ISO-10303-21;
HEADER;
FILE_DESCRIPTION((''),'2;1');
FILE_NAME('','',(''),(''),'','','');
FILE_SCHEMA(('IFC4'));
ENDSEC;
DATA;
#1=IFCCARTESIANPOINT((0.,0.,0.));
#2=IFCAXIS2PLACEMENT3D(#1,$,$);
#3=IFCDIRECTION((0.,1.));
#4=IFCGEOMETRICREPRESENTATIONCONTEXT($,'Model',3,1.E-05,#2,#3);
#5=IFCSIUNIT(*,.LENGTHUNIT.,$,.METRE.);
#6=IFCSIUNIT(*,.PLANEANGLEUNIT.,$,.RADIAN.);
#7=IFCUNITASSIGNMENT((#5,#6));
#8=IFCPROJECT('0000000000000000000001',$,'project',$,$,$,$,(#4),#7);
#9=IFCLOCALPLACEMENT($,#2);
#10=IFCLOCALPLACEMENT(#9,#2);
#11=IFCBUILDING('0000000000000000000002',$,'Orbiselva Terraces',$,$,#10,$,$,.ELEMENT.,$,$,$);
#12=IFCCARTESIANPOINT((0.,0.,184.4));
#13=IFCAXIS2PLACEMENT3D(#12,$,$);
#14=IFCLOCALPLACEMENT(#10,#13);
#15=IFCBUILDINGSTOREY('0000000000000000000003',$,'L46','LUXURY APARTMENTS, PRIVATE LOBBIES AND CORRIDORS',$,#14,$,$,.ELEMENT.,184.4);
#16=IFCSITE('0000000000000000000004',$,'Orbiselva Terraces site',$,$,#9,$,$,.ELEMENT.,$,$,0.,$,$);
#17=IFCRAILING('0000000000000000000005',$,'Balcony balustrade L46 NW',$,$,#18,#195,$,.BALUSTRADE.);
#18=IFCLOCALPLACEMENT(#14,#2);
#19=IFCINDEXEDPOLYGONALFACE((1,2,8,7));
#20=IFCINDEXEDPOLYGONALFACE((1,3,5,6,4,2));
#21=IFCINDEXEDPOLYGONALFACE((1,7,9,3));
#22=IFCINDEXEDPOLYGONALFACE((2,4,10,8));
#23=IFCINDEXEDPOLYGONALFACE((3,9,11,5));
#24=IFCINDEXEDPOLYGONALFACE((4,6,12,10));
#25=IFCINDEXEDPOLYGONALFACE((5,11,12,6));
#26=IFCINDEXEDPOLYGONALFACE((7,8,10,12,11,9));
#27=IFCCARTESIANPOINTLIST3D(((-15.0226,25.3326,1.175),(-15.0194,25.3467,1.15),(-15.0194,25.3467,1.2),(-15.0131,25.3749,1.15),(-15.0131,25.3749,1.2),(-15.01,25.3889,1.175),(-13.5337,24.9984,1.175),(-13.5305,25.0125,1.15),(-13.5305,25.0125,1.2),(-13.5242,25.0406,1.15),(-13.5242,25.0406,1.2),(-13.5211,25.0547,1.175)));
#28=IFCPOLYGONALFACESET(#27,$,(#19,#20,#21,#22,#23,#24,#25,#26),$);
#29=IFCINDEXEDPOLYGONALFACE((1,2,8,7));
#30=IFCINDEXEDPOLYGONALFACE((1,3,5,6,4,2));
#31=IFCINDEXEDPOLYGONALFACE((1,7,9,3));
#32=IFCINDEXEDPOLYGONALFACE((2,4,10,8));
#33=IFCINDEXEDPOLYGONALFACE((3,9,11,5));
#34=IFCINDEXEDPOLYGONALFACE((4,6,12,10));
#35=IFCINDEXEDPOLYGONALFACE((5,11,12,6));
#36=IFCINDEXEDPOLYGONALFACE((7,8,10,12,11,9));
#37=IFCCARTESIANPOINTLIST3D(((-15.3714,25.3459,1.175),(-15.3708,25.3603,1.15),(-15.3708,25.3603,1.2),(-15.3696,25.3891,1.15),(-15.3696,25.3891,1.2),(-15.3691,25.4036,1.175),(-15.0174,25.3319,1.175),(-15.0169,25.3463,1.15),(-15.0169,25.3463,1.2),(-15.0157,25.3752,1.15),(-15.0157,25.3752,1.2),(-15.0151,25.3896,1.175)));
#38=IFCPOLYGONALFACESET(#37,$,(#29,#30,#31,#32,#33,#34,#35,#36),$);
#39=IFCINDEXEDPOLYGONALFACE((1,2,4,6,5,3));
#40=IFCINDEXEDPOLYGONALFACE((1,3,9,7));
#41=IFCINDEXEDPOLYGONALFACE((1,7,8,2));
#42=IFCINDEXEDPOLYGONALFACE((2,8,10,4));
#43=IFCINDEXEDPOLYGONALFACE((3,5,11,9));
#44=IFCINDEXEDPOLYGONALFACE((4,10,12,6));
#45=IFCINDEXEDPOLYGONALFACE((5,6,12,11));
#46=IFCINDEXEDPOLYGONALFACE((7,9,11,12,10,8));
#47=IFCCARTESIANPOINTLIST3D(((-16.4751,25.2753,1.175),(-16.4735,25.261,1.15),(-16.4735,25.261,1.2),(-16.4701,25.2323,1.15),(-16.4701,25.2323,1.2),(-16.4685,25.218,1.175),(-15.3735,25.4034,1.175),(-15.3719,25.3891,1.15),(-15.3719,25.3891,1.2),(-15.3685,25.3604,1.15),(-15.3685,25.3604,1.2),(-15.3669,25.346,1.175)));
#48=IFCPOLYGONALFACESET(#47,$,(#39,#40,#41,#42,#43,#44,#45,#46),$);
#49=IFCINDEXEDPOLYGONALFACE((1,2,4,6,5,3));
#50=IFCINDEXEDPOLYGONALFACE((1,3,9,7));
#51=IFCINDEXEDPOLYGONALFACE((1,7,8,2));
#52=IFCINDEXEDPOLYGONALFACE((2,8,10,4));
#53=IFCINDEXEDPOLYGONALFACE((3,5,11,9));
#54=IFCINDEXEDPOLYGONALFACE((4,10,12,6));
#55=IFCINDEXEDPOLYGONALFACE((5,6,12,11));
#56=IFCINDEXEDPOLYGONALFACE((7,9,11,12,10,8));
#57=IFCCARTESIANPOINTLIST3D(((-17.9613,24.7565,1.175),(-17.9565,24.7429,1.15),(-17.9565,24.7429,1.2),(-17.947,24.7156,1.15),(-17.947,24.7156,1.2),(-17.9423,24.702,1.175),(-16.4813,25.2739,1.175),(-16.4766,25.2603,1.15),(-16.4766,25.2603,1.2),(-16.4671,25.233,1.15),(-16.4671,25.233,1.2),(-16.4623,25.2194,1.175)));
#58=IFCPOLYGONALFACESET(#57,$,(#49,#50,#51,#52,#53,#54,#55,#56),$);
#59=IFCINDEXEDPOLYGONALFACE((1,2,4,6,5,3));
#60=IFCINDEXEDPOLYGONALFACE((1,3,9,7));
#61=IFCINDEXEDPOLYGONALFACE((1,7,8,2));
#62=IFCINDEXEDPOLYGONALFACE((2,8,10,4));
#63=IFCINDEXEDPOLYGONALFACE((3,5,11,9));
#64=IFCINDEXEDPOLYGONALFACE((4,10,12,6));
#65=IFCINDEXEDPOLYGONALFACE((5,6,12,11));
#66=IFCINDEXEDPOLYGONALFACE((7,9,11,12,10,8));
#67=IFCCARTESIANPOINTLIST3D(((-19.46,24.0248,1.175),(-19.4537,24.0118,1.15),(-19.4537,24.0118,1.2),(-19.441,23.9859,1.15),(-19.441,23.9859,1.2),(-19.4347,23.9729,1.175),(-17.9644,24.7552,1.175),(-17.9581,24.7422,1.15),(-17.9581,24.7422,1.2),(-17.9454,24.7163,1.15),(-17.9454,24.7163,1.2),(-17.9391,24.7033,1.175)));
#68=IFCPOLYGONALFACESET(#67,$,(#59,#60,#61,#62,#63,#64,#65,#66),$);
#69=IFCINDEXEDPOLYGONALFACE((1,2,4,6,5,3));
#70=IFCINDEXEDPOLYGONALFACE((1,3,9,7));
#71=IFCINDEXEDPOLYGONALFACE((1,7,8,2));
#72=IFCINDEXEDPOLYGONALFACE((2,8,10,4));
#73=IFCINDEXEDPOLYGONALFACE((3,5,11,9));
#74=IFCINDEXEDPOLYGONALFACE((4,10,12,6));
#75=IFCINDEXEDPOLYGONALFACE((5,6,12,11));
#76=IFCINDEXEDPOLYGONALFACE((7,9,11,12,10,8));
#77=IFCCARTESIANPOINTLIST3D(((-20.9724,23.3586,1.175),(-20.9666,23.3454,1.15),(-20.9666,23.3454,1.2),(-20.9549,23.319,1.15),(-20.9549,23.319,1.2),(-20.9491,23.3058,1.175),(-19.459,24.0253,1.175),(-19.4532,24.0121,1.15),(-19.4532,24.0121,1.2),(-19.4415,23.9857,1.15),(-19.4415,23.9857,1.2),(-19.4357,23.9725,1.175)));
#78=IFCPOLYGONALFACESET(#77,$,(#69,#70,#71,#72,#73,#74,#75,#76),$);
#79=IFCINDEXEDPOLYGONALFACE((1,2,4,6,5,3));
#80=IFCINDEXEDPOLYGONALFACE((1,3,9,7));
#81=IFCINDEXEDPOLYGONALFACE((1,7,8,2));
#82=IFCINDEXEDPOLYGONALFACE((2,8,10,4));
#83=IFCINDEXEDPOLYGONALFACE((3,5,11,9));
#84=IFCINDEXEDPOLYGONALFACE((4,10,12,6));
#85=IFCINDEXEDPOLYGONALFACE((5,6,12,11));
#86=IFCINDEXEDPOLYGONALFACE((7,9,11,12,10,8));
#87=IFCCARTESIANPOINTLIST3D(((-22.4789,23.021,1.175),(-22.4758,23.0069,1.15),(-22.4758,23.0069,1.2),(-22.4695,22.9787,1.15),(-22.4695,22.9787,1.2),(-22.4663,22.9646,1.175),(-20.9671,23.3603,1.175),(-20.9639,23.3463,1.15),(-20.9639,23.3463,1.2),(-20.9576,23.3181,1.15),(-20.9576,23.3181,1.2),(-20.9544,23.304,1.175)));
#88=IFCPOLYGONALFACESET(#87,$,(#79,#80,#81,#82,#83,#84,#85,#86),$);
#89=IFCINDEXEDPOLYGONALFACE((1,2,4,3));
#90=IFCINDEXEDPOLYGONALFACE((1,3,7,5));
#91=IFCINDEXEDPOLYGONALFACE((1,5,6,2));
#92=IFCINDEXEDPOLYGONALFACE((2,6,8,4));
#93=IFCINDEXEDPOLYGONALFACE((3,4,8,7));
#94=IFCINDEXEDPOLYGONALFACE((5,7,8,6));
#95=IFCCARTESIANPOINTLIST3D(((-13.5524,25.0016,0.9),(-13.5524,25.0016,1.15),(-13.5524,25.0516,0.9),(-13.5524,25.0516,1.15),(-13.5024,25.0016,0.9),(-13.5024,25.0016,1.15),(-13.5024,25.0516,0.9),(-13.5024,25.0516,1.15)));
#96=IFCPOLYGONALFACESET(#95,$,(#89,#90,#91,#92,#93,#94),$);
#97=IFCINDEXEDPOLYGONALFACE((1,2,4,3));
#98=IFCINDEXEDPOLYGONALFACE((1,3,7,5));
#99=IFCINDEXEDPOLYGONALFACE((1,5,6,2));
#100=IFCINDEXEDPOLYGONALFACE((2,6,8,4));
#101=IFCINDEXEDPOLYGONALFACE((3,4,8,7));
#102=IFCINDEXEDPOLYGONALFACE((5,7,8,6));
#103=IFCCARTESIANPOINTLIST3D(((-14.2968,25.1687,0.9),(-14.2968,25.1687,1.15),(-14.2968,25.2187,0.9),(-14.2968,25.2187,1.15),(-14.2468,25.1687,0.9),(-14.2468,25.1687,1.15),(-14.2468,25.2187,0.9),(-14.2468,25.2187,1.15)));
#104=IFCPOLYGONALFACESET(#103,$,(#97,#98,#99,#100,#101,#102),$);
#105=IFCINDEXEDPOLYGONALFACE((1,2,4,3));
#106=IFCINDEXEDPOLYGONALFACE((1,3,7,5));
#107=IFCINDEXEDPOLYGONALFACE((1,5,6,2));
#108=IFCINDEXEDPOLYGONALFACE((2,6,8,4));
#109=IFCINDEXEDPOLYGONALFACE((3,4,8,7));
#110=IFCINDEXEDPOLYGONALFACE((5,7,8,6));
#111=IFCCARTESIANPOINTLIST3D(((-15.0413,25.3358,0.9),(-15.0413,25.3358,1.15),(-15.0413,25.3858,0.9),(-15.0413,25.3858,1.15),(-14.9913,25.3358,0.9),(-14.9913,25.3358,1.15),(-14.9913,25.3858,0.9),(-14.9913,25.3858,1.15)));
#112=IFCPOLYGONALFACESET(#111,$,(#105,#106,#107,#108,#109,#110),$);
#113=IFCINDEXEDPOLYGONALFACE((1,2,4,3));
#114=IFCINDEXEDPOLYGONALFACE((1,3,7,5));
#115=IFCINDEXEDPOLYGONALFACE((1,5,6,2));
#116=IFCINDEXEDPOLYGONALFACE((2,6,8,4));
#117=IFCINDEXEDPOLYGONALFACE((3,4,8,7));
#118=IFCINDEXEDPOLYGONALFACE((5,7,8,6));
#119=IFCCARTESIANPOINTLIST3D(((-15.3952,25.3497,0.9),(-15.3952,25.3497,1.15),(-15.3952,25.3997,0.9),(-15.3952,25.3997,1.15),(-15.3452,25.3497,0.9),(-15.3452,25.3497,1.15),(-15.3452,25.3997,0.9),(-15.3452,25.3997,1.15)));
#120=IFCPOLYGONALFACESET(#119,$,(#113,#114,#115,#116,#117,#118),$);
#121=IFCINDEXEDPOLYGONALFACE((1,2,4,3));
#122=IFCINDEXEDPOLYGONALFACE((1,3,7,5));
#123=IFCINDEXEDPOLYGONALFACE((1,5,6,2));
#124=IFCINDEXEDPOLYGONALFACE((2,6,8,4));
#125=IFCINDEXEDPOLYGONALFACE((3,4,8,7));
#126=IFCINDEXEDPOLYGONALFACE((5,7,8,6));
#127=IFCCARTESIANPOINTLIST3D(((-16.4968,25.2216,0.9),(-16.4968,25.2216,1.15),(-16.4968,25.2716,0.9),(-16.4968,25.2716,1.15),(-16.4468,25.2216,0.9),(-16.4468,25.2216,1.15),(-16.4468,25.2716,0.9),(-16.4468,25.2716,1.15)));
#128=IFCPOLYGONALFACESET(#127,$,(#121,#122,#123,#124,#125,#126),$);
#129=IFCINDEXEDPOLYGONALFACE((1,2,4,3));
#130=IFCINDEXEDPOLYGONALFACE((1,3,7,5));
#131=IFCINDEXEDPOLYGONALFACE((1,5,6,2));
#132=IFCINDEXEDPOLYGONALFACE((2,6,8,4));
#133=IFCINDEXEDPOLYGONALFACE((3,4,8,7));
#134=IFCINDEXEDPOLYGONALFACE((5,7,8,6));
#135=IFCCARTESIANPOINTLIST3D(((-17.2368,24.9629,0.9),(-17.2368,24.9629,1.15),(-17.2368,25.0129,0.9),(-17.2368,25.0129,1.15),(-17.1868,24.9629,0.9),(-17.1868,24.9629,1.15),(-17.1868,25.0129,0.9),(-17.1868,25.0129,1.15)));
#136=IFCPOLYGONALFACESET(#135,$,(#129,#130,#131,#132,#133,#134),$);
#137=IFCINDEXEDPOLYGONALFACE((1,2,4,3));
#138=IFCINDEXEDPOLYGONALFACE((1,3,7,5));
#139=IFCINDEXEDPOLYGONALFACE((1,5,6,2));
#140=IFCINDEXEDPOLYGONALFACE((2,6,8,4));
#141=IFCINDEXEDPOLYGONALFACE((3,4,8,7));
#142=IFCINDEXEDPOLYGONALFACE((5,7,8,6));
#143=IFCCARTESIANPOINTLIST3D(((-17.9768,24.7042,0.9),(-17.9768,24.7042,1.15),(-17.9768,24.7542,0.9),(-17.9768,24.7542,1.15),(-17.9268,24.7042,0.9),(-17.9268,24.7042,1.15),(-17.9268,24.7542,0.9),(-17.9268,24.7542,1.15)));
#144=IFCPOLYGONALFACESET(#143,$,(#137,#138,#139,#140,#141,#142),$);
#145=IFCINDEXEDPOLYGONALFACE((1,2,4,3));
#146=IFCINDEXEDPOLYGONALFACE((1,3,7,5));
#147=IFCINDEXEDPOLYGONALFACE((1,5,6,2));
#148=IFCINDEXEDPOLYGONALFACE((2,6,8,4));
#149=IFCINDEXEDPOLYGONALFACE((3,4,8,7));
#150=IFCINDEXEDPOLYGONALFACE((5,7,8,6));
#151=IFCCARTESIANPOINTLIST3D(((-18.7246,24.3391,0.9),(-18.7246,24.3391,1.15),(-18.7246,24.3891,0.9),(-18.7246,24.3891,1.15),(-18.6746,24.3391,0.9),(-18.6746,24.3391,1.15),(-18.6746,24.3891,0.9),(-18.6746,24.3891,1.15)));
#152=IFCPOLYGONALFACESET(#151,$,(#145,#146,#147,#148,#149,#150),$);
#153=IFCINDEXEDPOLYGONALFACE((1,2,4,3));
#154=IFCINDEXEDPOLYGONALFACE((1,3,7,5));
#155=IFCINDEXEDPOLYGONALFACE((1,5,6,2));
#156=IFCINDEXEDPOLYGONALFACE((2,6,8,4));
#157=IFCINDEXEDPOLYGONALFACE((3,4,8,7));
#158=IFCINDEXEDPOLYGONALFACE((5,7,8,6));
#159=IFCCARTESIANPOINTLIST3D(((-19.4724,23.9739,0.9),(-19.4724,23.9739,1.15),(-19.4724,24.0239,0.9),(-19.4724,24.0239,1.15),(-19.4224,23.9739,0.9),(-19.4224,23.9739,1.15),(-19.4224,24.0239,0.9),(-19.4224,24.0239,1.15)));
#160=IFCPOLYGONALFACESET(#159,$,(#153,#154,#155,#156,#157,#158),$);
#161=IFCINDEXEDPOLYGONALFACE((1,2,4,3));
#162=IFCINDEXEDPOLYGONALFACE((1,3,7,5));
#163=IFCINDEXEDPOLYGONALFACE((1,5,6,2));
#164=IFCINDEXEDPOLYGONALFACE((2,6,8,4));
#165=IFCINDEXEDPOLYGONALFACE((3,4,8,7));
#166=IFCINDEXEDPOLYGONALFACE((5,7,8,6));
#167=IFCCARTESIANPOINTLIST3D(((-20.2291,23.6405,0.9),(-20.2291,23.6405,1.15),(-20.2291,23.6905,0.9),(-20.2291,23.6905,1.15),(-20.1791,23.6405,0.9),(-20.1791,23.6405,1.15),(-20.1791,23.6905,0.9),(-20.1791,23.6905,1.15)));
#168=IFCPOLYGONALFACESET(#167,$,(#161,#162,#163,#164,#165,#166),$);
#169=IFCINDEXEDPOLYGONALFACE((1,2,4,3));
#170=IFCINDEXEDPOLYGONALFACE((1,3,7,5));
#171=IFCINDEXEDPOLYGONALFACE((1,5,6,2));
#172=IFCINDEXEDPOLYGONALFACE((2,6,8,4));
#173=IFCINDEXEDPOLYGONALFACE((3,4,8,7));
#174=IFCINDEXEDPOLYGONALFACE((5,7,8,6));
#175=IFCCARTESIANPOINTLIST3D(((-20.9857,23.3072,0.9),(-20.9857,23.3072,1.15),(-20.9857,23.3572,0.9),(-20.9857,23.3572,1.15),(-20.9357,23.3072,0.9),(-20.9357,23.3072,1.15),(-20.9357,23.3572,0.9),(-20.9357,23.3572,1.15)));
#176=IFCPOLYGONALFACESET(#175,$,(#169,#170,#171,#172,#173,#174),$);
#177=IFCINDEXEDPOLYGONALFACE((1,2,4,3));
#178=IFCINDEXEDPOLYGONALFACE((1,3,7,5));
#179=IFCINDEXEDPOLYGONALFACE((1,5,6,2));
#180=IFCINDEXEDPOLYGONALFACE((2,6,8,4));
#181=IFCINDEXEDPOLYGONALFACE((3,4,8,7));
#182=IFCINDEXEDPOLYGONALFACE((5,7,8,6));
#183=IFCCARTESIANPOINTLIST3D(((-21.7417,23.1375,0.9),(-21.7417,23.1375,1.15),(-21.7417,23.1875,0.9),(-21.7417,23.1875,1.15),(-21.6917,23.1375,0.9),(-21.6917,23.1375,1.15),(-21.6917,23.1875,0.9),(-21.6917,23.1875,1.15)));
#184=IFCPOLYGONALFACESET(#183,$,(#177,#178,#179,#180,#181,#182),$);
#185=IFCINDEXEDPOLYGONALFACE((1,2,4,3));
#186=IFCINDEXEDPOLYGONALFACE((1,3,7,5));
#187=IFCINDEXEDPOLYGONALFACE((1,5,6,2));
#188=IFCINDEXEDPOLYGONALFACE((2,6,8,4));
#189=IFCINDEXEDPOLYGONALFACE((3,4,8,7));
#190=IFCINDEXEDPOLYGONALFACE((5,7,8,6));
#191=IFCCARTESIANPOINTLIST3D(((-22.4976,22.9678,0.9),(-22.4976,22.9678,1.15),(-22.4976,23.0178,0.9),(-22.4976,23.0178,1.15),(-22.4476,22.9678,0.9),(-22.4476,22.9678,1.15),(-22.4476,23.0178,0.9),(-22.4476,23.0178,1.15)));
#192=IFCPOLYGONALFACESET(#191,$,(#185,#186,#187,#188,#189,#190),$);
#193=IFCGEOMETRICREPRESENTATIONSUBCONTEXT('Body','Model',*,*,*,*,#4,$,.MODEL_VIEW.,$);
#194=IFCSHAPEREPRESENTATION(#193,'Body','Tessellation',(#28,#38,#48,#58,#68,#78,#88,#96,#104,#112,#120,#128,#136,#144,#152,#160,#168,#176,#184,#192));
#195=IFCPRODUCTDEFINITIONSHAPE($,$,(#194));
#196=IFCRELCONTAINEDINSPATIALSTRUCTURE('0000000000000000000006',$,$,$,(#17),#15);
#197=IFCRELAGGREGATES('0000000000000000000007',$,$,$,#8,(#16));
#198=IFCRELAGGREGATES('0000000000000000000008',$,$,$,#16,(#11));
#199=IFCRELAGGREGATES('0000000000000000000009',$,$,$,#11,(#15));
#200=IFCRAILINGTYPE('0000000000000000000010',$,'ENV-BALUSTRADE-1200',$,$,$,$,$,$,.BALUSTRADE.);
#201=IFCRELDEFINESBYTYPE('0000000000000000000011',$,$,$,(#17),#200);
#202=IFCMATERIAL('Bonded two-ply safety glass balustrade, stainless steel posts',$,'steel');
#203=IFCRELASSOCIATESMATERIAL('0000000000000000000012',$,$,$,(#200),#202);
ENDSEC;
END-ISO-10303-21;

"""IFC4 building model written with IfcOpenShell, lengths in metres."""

from ifc_helpers import new_model, si_unit, direction, frame, origin, origin_2d, place, context, subcontext, project, spatial, polyline, rectangle, outline, extrude, material, type_object, element, save


model = new_model("IFC4")

# Units and contexts
model_context = context("Model", 3, precision=1e-05, world=origin(), true_north=direction((0.0, 1.0)))
body_context = subcontext(model_context, "Body", "Model", "MODEL_VIEW")
ifc_project = project(units=[si_unit("LENGTHUNIT", "METRE"), si_unit("PLANEANGLEUNIT", "RADIAN")], contexts=[model_context])

# Site, building, storey
site_placement = place(None, origin())
site = spatial("IfcSite", under=ifc_project, at=site_placement, Name="Orbiselva Terraces site", CompositionType="ELEMENT", RefElevation=0.0)
building_placement = place(site_placement, origin())
building = spatial("IfcBuilding", under=site, at=building_placement, Name="Orbiselva Terraces", CompositionType="ELEMENT")
storey_placement = place(building_placement, frame((0.0, 0.0, 184.4)))
storey = spatial("IfcBuildingStorey", under=building, at=storey_placement, Name="L46", Description="LUXURY APARTMENTS, PRIVATE LOBBIES AND CORRIDORS", CompositionType="ELEMENT", Elevation=184.4)

# Railing
ifc_material_1 = material(Name="Bonded two-ply safety glass balustrade, stainless steel posts", Category="steel")
railing_type_1 = type_object("IfcRailingType", Name="ENV-BALUSTRADE-1200", PredefinedType="BALUSTRADE", material=ifc_material_1)
railing_1_placement = place(storey_placement, frame((-13.5274, 25.0266, 0.9)))
element("IfcRailing", 1, at=railing_1_placement, inside=storey, type_object=railing_type_1, Name="Balcony balustrade L46 NW", PredefinedType="BALUSTRADE", context=body_context, shape_type="SweptSolid", body=[
    extrude(outline(polyline([(0.0289, 0.0), (0.0144, 0.025), (-0.0144, 0.025), (-0.0289, 0.0), (-0.0144, -0.025), (0.0144, -0.025), (0.0289, 0.0)])), frame((0.0, 0.0, 0.275), z_axis=(-0.975721, 0.219016, 0.0), x_axis=(-0.219016, -0.975721, 0.0)), (0.0, 0.0, 1.0), 1.526),
    extrude(outline(polyline([(0.0289, 0.0), (0.0144, 0.025), (-0.0144, 0.025), (-0.0289, 0.0), (-0.0144, -0.025), (0.0144, -0.025), (0.0289, 0.0)])), frame((-1.4889, 0.3342, 0.275), z_axis=(-0.999225, 0.039364, 0.0), x_axis=(-0.039364, -0.999225, 0.0)), (0.0, 0.0, 1.0), 0.3542),
    extrude(outline(polyline([(0.0289, 0.0), (0.0144, 0.025), (-0.0144, 0.025), (-0.0289, 0.0), (-0.0144, -0.025), (0.0144, -0.025), (0.0289, 0.0)])), frame((-1.8428, 0.3482, 0.275), z_axis=(-0.99331, -0.115481, 0.0), x_axis=(0.115481, -0.99331, 0.0)), (0.0, 0.0, 1.0), 1.109),
    extrude(outline(polyline([(0.0289, 0.0), (0.0144, 0.025), (-0.0144, 0.025), (-0.0289, 0.0), (-0.0144, -0.025), (0.0144, -0.025), (0.0289, 0.0)])), frame((-2.9444, 0.2201, 0.275), z_axis=(-0.943972, -0.330025, 0.0), x_axis=(0.330025, -0.943972, 0.0)), (0.0, 0.0, 1.0), 1.5678),
    extrude(outline(polyline([(0.0289, 0.0), (0.0144, 0.025), (-0.0144, 0.025), (-0.0289, 0.0), (-0.0144, -0.025), (0.0144, -0.025), (0.0289, 0.0)])), frame((-4.4244, -0.2973, 0.275), z_axis=(-0.898579, -0.438812, 0.0), x_axis=(0.438812, -0.898579, 0.0)), (0.0, 0.0, 1.0), 1.6644),
    extrude(outline(polyline([(0.0289, 0.0), (0.0144, 0.025), (-0.0144, 0.025), (-0.0289, 0.0), (-0.0144, -0.025), (0.0144, -0.025), (0.0289, 0.0)])), frame((-5.92, -1.0277, 0.275), z_axis=(-0.915134, -0.403151, 0.0), x_axis=(0.403151, -0.915134, 0.0)), (0.0, 0.0, 1.0), 1.6537),
    extrude(outline(polyline([(0.0289, 0.0), (0.0144, 0.025), (-0.0144, 0.025), (-0.0289, 0.0), (-0.0144, -0.025), (0.0144, -0.025), (0.0289, 0.0)])), frame((-7.4334, -1.6944, 0.275), z_axis=(-0.975721, -0.219016, 0.0), x_axis=(0.219016, -0.975721, 0.0)), (0.0, 0.0, 1.0), 1.5495),
    extrude(rectangle(XDim=0.05, YDim=0.05, at=origin_2d()), origin(), (0.0, 0.0, 1.0), 0.25),
    extrude(rectangle(XDim=0.05, YDim=0.05, at=origin_2d()), frame((-0.7445, 0.1671, 0.0)), (0.0, 0.0, 1.0), 0.25),
    extrude(rectangle(XDim=0.05, YDim=0.05, at=origin_2d()), frame((-1.4889, 0.3342, 0.0)), (0.0, 0.0, 1.0), 0.25),
    extrude(rectangle(XDim=0.05, YDim=0.05, at=origin_2d()), frame((-1.8428, 0.3482, 0.0)), (0.0, 0.0, 1.0), 0.25),
    extrude(rectangle(XDim=0.05, YDim=0.05, at=origin_2d()), frame((-2.9444, 0.2201, 0.0)), (0.0, 0.0, 1.0), 0.25),
    extrude(rectangle(XDim=0.05, YDim=0.05, at=origin_2d()), frame((-3.6844, -0.0386, 0.0)), (0.0, 0.0, 1.0), 0.25),
    extrude(rectangle(XDim=0.05, YDim=0.05, at=origin_2d()), frame((-4.4244, -0.2973, 0.0)), (0.0, 0.0, 1.0), 0.25),
    extrude(rectangle(XDim=0.05, YDim=0.05, at=origin_2d()), frame((-5.1722, -0.6625, 0.0)), (0.0, 0.0, 1.0), 0.25),
    extrude(rectangle(XDim=0.05, YDim=0.05, at=origin_2d()), frame((-5.92, -1.0277, 0.0)), (0.0, 0.0, 1.0), 0.25),
    extrude(rectangle(XDim=0.05, YDim=0.05, at=origin_2d()), frame((-6.6767, -1.361, 0.0)), (0.0, 0.0, 1.0), 0.25),
    extrude(rectangle(XDim=0.05, YDim=0.05, at=origin_2d()), frame((-7.4334, -1.6944, 0.0)), (0.0, 0.0, 1.0), 0.25),
    extrude(rectangle(XDim=0.05, YDim=0.05, at=origin_2d()), frame((-8.1893, -1.8641, 0.0)), (0.0, 0.0, 1.0), 0.25),
    extrude(rectangle(XDim=0.05, YDim=0.05, at=origin_2d()), frame((-8.9452, -2.0338, 0.0)), (0.0, 0.0, 1.0), 0.25),
])

save(model, "model.ifc")
